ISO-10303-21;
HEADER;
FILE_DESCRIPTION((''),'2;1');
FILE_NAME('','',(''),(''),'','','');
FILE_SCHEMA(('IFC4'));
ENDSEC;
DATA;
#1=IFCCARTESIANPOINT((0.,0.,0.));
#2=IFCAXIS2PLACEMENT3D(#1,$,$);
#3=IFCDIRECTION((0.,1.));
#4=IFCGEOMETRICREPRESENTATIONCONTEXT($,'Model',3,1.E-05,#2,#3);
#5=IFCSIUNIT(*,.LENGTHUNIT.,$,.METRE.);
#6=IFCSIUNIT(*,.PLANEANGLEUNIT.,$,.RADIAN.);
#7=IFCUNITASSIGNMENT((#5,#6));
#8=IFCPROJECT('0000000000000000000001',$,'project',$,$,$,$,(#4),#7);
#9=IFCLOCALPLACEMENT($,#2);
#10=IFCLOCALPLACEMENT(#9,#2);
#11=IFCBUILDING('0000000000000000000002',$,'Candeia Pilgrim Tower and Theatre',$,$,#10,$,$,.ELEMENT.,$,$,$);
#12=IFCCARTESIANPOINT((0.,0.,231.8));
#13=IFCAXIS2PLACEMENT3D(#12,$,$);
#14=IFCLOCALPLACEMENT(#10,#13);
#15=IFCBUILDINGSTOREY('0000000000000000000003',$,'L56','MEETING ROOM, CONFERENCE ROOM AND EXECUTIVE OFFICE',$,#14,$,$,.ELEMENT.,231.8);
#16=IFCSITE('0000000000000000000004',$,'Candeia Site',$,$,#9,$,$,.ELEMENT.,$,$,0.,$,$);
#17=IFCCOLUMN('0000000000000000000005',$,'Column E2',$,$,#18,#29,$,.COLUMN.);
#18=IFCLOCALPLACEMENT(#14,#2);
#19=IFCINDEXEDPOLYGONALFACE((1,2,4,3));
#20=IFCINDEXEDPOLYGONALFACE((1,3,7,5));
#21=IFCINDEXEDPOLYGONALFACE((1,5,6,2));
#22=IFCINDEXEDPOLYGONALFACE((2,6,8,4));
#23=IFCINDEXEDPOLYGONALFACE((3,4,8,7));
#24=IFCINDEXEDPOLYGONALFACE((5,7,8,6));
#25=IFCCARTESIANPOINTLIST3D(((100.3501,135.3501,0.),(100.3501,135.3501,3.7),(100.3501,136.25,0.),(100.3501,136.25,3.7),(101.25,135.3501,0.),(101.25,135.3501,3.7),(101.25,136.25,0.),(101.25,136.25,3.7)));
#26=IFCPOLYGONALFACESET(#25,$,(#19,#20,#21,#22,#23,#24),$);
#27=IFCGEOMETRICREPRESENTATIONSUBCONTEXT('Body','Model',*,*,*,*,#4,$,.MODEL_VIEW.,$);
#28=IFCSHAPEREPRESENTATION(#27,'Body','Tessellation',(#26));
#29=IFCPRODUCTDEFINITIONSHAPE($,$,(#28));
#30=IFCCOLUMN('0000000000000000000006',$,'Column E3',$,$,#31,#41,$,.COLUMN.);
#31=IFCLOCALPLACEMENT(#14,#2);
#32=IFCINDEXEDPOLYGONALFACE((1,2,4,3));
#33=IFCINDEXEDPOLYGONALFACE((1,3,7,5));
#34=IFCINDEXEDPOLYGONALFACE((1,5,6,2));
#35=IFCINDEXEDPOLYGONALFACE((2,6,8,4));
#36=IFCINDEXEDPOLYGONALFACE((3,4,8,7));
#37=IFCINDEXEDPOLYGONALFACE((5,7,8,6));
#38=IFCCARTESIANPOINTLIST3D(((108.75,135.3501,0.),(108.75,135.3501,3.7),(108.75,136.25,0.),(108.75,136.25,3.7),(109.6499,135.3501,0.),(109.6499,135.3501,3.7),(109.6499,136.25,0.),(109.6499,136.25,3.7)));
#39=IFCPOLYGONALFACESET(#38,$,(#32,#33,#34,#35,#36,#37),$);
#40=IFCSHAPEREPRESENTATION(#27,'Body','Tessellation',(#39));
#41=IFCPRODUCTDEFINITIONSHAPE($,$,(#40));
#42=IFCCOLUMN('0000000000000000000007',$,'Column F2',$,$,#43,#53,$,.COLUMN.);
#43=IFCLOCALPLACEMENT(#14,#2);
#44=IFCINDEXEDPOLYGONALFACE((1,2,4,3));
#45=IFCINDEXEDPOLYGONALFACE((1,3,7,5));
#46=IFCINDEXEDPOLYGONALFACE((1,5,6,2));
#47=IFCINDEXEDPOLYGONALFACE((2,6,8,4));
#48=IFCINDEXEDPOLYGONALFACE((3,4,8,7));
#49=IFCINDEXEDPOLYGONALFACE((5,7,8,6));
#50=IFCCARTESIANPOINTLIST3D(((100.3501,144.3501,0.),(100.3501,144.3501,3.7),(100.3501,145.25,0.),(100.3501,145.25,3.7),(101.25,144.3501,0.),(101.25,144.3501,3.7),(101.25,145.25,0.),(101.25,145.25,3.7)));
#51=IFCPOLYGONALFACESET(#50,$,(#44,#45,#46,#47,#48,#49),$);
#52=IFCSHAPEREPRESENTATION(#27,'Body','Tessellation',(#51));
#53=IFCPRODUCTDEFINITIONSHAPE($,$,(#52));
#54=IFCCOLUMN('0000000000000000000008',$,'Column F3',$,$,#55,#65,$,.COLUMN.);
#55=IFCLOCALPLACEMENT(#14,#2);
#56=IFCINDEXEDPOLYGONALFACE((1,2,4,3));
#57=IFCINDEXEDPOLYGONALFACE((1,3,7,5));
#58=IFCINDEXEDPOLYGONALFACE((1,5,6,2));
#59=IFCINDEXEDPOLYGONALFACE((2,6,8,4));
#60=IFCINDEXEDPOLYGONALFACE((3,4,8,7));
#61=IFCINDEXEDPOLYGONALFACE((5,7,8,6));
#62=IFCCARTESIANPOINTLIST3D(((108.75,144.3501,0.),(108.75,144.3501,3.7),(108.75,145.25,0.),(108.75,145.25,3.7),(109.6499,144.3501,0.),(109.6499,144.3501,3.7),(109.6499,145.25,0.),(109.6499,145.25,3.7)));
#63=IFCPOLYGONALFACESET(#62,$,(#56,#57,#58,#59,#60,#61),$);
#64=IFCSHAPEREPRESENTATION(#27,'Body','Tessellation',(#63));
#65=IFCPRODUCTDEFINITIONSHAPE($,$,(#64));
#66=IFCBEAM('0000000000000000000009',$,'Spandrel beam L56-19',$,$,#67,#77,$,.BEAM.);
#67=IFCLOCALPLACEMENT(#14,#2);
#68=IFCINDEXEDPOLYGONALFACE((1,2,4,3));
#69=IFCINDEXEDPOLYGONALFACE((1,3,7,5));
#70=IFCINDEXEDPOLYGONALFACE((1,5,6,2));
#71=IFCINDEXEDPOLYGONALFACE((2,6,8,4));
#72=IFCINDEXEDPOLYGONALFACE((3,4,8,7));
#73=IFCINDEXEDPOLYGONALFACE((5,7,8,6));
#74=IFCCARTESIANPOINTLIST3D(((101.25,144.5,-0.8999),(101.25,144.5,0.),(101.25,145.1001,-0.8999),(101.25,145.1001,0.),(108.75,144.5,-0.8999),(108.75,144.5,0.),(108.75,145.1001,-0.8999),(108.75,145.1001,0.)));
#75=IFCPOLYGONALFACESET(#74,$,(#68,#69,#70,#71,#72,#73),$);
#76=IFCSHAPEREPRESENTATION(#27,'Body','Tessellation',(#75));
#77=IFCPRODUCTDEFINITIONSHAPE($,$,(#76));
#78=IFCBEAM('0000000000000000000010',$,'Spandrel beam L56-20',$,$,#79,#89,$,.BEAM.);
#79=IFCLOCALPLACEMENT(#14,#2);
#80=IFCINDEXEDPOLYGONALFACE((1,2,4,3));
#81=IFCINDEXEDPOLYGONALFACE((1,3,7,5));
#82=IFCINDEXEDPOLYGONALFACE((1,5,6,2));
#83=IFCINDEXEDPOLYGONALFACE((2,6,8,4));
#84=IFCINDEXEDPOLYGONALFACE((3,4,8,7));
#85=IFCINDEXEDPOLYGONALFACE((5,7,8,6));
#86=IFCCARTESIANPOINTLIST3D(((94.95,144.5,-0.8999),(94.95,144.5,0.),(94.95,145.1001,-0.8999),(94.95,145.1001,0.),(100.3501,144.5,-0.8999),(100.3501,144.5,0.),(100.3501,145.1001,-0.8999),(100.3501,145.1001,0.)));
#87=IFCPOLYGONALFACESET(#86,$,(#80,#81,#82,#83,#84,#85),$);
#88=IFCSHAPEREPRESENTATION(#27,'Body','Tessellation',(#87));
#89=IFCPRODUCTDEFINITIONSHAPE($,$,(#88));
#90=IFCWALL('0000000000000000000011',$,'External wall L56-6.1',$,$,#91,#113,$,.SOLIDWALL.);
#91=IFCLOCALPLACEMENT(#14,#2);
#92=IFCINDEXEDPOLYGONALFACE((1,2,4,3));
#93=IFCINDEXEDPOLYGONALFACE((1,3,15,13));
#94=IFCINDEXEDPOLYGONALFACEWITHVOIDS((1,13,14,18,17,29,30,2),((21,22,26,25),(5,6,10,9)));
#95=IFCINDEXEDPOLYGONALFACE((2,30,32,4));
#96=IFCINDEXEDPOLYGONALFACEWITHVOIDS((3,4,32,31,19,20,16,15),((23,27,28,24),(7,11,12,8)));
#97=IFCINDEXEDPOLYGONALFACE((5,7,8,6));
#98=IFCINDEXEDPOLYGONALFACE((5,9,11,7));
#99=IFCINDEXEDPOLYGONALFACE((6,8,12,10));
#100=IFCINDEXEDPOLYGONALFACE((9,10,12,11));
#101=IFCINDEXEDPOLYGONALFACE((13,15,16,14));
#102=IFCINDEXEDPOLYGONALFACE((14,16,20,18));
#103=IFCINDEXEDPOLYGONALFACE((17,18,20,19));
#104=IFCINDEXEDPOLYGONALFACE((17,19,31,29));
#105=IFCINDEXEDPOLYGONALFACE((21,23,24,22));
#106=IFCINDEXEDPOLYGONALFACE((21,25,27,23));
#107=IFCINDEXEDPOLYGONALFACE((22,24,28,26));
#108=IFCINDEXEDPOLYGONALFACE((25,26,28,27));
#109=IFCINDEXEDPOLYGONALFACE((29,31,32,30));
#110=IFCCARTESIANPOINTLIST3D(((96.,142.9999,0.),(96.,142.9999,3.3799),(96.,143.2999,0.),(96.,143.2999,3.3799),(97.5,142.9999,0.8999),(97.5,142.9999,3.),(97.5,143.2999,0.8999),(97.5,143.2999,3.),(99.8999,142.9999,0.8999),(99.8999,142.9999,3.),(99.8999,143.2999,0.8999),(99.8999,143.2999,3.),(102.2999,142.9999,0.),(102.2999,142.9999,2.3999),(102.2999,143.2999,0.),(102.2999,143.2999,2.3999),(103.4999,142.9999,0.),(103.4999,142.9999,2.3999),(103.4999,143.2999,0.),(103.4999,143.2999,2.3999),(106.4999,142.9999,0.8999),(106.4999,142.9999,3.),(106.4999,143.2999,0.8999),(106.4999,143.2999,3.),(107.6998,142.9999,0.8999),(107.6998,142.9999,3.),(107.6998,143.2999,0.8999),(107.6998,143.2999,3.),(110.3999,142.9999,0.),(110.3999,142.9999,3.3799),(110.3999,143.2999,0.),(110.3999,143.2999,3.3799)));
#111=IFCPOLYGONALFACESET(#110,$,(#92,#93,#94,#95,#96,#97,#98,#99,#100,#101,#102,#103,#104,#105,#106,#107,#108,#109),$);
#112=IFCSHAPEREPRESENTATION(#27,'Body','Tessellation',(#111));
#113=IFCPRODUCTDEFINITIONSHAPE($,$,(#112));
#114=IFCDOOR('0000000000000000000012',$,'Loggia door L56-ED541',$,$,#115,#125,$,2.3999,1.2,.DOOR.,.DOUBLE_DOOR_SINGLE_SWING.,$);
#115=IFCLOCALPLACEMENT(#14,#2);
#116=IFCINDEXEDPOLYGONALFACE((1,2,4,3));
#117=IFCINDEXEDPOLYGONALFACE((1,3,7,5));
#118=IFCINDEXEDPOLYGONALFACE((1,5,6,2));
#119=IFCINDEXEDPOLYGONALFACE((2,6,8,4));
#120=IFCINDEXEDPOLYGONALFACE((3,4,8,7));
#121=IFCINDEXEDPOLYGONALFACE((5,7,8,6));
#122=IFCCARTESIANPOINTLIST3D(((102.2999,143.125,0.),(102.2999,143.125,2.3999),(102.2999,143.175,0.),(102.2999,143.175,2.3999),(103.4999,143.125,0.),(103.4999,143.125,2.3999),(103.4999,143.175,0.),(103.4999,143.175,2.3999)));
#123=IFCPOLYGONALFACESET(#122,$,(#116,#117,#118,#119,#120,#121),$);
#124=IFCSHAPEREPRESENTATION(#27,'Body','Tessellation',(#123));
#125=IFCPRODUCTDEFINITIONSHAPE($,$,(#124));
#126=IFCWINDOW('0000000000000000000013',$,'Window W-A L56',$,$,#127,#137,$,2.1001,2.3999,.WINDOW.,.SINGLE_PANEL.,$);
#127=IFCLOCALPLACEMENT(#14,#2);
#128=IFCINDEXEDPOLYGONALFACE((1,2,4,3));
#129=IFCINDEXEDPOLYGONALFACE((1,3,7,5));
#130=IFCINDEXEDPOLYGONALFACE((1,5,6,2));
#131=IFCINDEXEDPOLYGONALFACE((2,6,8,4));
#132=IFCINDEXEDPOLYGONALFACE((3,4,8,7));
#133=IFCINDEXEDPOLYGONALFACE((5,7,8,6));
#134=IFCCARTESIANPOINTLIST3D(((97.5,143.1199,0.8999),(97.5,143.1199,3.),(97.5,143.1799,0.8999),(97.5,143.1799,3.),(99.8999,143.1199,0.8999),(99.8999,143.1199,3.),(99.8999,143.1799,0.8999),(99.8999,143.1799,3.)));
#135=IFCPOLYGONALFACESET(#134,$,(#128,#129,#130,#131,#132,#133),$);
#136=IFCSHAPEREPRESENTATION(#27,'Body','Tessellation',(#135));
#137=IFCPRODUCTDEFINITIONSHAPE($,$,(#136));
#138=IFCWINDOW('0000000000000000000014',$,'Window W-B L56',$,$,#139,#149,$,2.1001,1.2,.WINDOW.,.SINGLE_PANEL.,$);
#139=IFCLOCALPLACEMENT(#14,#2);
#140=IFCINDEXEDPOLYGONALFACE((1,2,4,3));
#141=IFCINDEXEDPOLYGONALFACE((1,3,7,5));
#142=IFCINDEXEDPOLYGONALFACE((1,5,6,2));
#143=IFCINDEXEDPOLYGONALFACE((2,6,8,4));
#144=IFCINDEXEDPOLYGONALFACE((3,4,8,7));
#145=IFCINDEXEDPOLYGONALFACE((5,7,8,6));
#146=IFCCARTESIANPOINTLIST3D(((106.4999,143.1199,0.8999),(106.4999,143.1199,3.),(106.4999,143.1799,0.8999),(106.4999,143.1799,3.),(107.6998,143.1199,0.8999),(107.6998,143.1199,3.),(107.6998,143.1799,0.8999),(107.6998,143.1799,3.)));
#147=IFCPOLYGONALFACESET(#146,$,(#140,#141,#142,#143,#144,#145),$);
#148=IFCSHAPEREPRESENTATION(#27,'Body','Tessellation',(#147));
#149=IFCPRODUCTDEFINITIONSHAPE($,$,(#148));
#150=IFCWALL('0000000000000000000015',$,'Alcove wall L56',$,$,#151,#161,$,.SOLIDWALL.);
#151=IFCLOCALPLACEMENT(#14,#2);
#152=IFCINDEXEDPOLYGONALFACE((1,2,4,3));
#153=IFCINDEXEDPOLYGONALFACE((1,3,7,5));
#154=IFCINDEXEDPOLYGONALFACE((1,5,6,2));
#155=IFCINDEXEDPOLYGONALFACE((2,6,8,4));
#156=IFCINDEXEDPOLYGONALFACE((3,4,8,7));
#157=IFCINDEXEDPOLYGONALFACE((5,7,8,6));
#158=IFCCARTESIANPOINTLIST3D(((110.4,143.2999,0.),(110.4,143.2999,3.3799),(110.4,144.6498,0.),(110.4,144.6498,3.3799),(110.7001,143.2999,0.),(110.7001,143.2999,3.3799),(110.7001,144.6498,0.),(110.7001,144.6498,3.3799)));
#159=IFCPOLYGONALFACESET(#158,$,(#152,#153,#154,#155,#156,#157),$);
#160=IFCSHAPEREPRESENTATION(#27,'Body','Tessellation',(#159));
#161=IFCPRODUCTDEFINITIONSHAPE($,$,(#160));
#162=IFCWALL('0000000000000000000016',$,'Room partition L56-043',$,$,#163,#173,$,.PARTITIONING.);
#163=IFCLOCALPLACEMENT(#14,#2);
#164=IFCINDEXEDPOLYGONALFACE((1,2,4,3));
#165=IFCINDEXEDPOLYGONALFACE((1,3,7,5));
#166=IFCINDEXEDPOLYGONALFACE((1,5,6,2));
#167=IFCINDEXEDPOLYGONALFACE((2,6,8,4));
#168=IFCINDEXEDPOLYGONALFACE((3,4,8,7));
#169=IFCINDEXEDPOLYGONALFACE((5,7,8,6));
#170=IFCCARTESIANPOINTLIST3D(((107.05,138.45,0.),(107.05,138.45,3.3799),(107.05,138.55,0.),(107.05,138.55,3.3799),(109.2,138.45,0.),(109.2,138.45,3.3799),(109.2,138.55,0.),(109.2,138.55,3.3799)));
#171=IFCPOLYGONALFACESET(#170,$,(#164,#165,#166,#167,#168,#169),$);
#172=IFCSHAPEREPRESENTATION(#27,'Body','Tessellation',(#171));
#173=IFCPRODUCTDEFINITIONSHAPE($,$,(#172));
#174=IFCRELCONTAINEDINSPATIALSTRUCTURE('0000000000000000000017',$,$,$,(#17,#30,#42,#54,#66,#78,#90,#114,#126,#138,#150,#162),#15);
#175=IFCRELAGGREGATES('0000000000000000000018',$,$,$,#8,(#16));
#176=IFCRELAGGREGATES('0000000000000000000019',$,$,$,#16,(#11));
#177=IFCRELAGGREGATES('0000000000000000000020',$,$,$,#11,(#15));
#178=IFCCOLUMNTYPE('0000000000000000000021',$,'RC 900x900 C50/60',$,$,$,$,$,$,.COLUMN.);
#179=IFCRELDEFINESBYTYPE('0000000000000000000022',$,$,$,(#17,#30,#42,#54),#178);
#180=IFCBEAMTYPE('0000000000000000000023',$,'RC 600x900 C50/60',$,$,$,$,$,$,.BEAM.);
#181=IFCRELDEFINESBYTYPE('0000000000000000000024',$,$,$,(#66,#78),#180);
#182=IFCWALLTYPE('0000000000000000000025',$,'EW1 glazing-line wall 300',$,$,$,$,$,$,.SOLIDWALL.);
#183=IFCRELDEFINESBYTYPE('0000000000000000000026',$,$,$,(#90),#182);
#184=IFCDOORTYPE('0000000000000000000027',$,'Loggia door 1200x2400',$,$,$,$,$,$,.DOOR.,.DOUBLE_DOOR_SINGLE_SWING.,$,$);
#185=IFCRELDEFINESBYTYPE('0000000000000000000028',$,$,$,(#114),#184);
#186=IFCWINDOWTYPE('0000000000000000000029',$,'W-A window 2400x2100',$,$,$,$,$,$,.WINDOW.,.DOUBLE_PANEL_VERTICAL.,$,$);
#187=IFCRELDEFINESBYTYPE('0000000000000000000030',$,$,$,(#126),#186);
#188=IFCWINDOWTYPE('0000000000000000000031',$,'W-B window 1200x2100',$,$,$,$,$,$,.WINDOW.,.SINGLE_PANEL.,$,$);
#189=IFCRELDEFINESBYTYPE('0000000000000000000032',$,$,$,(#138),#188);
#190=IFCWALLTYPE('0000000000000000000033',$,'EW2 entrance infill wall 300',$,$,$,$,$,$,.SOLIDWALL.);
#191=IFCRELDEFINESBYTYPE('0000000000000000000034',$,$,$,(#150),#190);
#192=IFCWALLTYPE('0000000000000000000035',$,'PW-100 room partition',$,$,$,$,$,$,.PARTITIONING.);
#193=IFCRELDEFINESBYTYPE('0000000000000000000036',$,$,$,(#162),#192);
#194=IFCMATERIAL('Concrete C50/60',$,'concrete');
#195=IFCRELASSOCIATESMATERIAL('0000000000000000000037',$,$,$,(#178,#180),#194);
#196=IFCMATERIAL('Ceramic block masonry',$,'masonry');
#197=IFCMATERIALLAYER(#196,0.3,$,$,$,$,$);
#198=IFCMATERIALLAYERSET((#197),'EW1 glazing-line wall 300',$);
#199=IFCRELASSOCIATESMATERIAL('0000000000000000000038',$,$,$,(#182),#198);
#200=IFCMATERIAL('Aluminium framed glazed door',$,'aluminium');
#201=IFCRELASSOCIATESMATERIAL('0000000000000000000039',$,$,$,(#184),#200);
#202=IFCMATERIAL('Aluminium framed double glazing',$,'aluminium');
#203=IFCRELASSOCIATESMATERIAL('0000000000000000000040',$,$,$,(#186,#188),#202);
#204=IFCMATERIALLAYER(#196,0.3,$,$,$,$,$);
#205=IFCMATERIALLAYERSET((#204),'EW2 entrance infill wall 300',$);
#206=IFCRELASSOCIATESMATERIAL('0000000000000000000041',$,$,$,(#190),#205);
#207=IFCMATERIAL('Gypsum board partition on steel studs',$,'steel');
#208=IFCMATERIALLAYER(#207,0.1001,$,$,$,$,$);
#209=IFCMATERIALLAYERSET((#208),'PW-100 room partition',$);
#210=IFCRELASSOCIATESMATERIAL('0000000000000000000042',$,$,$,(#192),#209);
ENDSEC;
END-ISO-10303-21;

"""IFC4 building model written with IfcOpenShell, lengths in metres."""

from ifc_helpers import new_model, si_unit, direction, frame, frame_2d, origin, origin_2d, place, context, subcontext, project, spatial, rectangle, extrude, material, layer, layer_set, material_profile, profile_set, type_object, element, fill, save


model = new_model("IFC4")

# Units and contexts
model_context = context("Model", 3, precision=1e-05, world=origin(), true_north=direction((0.0, 1.0)))
body_context = subcontext(model_context, "Body", "Model", "MODEL_VIEW")
ifc_project = project(units=[si_unit("LENGTHUNIT", "METRE"), si_unit("PLANEANGLEUNIT", "RADIAN")], contexts=[model_context])

# Site, building, storey
site_placement = place(None, origin())
site = spatial("IfcSite", under=ifc_project, at=site_placement, Name="Candeia Site", CompositionType="ELEMENT", RefElevation=0.0)
building_placement = place(site_placement, origin())
building = spatial("IfcBuilding", under=site, at=building_placement, Name="Candeia Pilgrim Tower and Theatre", CompositionType="ELEMENT")
storey_placement = place(building_placement, frame((0.0, 0.0, 231.8)))
storey = spatial("IfcBuildingStorey", under=building, at=storey_placement, Name="L56", Description="MEETING ROOM, CONFERENCE ROOM AND EXECUTIVE OFFICE", CompositionType="ELEMENT", Elevation=231.8)

# Columns
ifc_material_1 = material(Name="Concrete C50/60", Category="concrete")
ifc_material_profile_1 = material_profile(ifc_material_1, rectangle(XDim=0.8999, YDim=0.8999, at=origin_2d()))
ifc_profile_set_1 = profile_set([ifc_material_profile_1], Name="Concrete C50/60")
column_type = type_object("IfcColumnType", Name="RC 900x900 C50/60", PredefinedType="COLUMN", material=ifc_profile_set_1)
for number, where, z_axis, x_axis, name in (
    (1, (100.8, 135.8, 0.0), (0.0, 0.0, 1.0), (1.0, 0.0, 0.0), "Column E2"),
    (2, (109.2, 135.8, 0.0), (0.0, 0.0, 1.0), (1.0, 0.0, 0.0), "Column E3"),
    (3, (100.8, 144.8, 0.0), (0.0, 0.0, 1.0), (1.0, 0.0, 0.0), "Column F2"),
    (4, (109.2, 144.8, 0.0), (0.0, 0.0, 1.0), (1.0, 0.0, 0.0), "Column F3"),
):
    element("IfcColumn", number, at=place(storey_placement, frame(where, z_axis=z_axis, x_axis=x_axis)), inside=storey, type_object=column_type, Name=name, PredefinedType="COLUMN", context=body_context, shape_type="SweptSolid", body=[
        extrude(rectangle(XDim=0.8999, YDim=0.8999, at=origin_2d()), origin(), (0.0, 0.0, 1.0), 3.7),
    ])

# Beams
ifc_material_profile_2 = material_profile(ifc_material_1, rectangle(XDim=0.6001, YDim=0.8999, at=origin_2d()))
ifc_profile_set_2 = profile_set([ifc_material_profile_2], Name="Concrete C50/60")
beam_type = type_object("IfcBeamType", Name="RC 600x900 C50/60", PredefinedType="BEAM", material=ifc_profile_set_2)
beam_1_placement = place(storey_placement, frame((108.75, 144.8, -0.45), z_axis=(-1.0, 0.0, 0.0), x_axis=(0.0, -1.0, 0.0)))
element("IfcBeam", 5, at=beam_1_placement, inside=storey, type_object=beam_type, Name="Spandrel beam L56-19", PredefinedType="BEAM", context=body_context, shape_type="SweptSolid", body=[
    extrude(rectangle(XDim=0.6001, YDim=0.8999, at=origin_2d()), origin(), (0.0, 0.0, 1.0), 7.5),
])
beam_2_placement = place(storey_placement, frame((100.3501, 144.8, -0.45), z_axis=(-1.0, 0.0, 0.0), x_axis=(0.0, -1.0, 0.0)))
element("IfcBeam", 6, at=beam_2_placement, inside=storey, type_object=beam_type, Name="Spandrel beam L56-20", PredefinedType="BEAM", context=body_context, shape_type="SweptSolid", body=[
    extrude(rectangle(XDim=0.6001, YDim=0.8999, at=origin_2d()), origin(), (0.0, 0.0, 1.0), 5.4001),
])

# Wall, openings, door, windows
ifc_material_2 = material(Name="Ceramic block masonry", Category="masonry")
ifc_layer_1 = layer(ifc_material_2, 0.3)
ifc_layer_set_1 = layer_set([ifc_layer_1], Name="EW1 glazing-line wall 300")
wall_type_1 = type_object("IfcWallType", Name="EW1 glazing-line wall 300", PredefinedType="SOLIDWALL", material=ifc_layer_set_1)
wall_1_placement = place(storey_placement, frame((110.3999, 143.1499, 0.0), z_axis=(0.0, 0.0, 1.0), x_axis=(-1.0, 0.0, 0.0)))
wall_1 = element("IfcWall", 7, at=wall_1_placement, inside=storey, type_object=wall_type_1, Name="External wall L56-6.1", PredefinedType="SOLIDWALL", context=body_context, shape_type="SweptSolid", body=[
    extrude(rectangle(XDim=14.3999, YDim=0.3, at=frame_2d((7.2, 0.0))), origin(), (0.0, 0.0, 1.0), 3.3799),
])
opening_1_placement = place(wall_1_placement, frame((2.7, 0.0, 0.8999)))
opening_1 = element("IfcOpeningElement", 8, at=opening_1_placement, cuts=wall_1, PredefinedType="OPENING", context=body_context, shape_type="SweptSolid", body=[
    extrude(rectangle(XDim=1.2, YDim=2.1001, at=frame_2d((0.6001, 1.05))), frame((0.0, 0.1602, 0.0), z_axis=(0.0, -1.0, 0.0), x_axis=(1.0, 0.0, 0.0)), (0.0, 0.0, 1.0), 0.3201),
])
opening_2_placement = place(wall_1_placement, frame((6.8999, 0.0, 0.0)))
opening_2 = element("IfcOpeningElement", 9, at=opening_2_placement, cuts=wall_1, PredefinedType="OPENING", context=body_context, shape_type="SweptSolid", body=[
    extrude(rectangle(XDim=1.2, YDim=2.3999, at=frame_2d((0.6001, 1.2))), frame((0.0, 0.1602, 0.0), z_axis=(0.0, -1.0, 0.0), x_axis=(1.0, 0.0, 0.0)), (0.0, 0.0, 1.0), 0.3201),
])
opening_3_placement = place(wall_1_placement, frame((10.5, 0.0, 0.8999)))
opening_3 = element("IfcOpeningElement", 10, at=opening_3_placement, cuts=wall_1, PredefinedType="OPENING", context=body_context, shape_type="SweptSolid", body=[
    extrude(rectangle(XDim=2.3999, YDim=2.1001, at=frame_2d((1.2, 1.05))), frame((0.0, 0.1602, 0.0), z_axis=(0.0, -1.0, 0.0), x_axis=(1.0, 0.0, 0.0)), (0.0, 0.0, 1.0), 0.3201),
])
ifc_material_3 = material(Name="Aluminium framed glazed door", Category="aluminium")
door_type_1 = type_object("IfcDoorType", Name="Loggia door 1200x2400", OperationType="DOUBLE_DOOR_SINGLE_SWING", PredefinedType="DOOR", material=ifc_material_3)
door_1_placement = place(opening_2_placement, origin())
door_1 = element("IfcDoor", 11, at=door_1_placement, inside=storey, type_object=door_type_1, Name="Loggia door L56-ED541", OperationType="DOUBLE_DOOR_SINGLE_SWING", OverallHeight=2.3999, OverallWidth=1.2, PredefinedType="DOOR", context=body_context, shape_type="SweptSolid", body=[
    extrude(rectangle(XDim=1.2, YDim=2.3999, at=frame_2d((0.6001, 1.2))), frame((0.0, 0.0249, 0.0), z_axis=(0.0, -1.0, 0.0), x_axis=(1.0, 0.0, 0.0)), (0.0, 0.0, 1.0), 0.05),
])
fill(opening_2, door_1)
ifc_material_4 = material(Name="Aluminium framed double glazing", Category="aluminium")
window_type_1 = type_object("IfcWindowType", Name="W-A window 2400x2100", PartitioningType="DOUBLE_PANEL_VERTICAL", PredefinedType="WINDOW", material=ifc_material_4)
window_1_placement = place(opening_3_placement, origin())
window_1 = element("IfcWindow", 12, at=window_1_placement, inside=storey, type_object=window_type_1, Name="Window W-A L56", OverallHeight=2.1001, OverallWidth=2.3999, PartitioningType="SINGLE_PANEL", PredefinedType="WINDOW", context=body_context, shape_type="SweptSolid", body=[
    extrude(rectangle(XDim=2.3999, YDim=2.1001, at=frame_2d((1.2, 1.05))), frame((0.0, 0.03, 0.0), z_axis=(0.0, -1.0, 0.0), x_axis=(1.0, 0.0, 0.0)), (0.0, 0.0, 1.0), 0.0601),
])
fill(opening_3, window_1)
window_type_2 = type_object("IfcWindowType", Name="W-B window 1200x2100", PartitioningType="SINGLE_PANEL", PredefinedType="WINDOW", material=ifc_material_4)
window_2_placement = place(opening_1_placement, origin())
window_2 = element("IfcWindow", 13, at=window_2_placement, inside=storey, type_object=window_type_2, Name="Window W-B L56", OverallHeight=2.1001, OverallWidth=1.2, PartitioningType="SINGLE_PANEL", PredefinedType="WINDOW", context=body_context, shape_type="SweptSolid", body=[
    extrude(rectangle(XDim=1.2, YDim=2.1001, at=frame_2d((0.6001, 1.05))), frame((0.0, 0.03, 0.0), z_axis=(0.0, -1.0, 0.0), x_axis=(1.0, 0.0, 0.0)), (0.0, 0.0, 1.0), 0.0601),
])
fill(opening_1, window_2)

# Walls
ifc_layer_2 = layer(ifc_material_2, 0.3)
ifc_layer_set_2 = layer_set([ifc_layer_2], Name="EW2 entrance infill wall 300")
wall_type_2 = type_object("IfcWallType", Name="EW2 entrance infill wall 300", PredefinedType="SOLIDWALL", material=ifc_layer_set_2)
wall_2_placement = place(storey_placement, frame((110.55, 143.3, 0.0), z_axis=(0.0, 0.0, 1.0), x_axis=(0.0, 1.0, 0.0)))
element("IfcWall", 14, at=wall_2_placement, inside=storey, type_object=wall_type_2, Name="Alcove wall L56", PredefinedType="SOLIDWALL", context=body_context, shape_type="SweptSolid", body=[
    extrude(rectangle(XDim=1.3499, YDim=0.3, at=frame_2d((0.6748, 0.0))), origin(), (0.0, 0.0, 1.0), 3.3799),
])
ifc_material_5 = material(Name="Gypsum board partition on steel studs", Category="steel")
ifc_layer_3 = layer(ifc_material_5, 0.1001)
ifc_layer_set_3 = layer_set([ifc_layer_3], Name="PW-100 room partition")
wall_type_3 = type_object("IfcWallType", Name="PW-100 room partition", PredefinedType="PARTITIONING", material=ifc_layer_set_3)
wall_3_placement = place(storey_placement, frame((107.05, 138.5, 0.0), z_axis=(0.0, 0.0, 1.0), x_axis=(1.0, 0.0, 0.0)))
element("IfcWall", 15, at=wall_3_placement, inside=storey, type_object=wall_type_3, Name="Room partition L56-043", PredefinedType="PARTITIONING", context=body_context, shape_type="SweptSolid", body=[
    extrude(rectangle(XDim=2.1499, YDim=0.1001, at=frame_2d((1.075, 0.0))), origin(), (0.0, 0.0, 1.0), 3.3799),
])

save(model, "model.ifc")
